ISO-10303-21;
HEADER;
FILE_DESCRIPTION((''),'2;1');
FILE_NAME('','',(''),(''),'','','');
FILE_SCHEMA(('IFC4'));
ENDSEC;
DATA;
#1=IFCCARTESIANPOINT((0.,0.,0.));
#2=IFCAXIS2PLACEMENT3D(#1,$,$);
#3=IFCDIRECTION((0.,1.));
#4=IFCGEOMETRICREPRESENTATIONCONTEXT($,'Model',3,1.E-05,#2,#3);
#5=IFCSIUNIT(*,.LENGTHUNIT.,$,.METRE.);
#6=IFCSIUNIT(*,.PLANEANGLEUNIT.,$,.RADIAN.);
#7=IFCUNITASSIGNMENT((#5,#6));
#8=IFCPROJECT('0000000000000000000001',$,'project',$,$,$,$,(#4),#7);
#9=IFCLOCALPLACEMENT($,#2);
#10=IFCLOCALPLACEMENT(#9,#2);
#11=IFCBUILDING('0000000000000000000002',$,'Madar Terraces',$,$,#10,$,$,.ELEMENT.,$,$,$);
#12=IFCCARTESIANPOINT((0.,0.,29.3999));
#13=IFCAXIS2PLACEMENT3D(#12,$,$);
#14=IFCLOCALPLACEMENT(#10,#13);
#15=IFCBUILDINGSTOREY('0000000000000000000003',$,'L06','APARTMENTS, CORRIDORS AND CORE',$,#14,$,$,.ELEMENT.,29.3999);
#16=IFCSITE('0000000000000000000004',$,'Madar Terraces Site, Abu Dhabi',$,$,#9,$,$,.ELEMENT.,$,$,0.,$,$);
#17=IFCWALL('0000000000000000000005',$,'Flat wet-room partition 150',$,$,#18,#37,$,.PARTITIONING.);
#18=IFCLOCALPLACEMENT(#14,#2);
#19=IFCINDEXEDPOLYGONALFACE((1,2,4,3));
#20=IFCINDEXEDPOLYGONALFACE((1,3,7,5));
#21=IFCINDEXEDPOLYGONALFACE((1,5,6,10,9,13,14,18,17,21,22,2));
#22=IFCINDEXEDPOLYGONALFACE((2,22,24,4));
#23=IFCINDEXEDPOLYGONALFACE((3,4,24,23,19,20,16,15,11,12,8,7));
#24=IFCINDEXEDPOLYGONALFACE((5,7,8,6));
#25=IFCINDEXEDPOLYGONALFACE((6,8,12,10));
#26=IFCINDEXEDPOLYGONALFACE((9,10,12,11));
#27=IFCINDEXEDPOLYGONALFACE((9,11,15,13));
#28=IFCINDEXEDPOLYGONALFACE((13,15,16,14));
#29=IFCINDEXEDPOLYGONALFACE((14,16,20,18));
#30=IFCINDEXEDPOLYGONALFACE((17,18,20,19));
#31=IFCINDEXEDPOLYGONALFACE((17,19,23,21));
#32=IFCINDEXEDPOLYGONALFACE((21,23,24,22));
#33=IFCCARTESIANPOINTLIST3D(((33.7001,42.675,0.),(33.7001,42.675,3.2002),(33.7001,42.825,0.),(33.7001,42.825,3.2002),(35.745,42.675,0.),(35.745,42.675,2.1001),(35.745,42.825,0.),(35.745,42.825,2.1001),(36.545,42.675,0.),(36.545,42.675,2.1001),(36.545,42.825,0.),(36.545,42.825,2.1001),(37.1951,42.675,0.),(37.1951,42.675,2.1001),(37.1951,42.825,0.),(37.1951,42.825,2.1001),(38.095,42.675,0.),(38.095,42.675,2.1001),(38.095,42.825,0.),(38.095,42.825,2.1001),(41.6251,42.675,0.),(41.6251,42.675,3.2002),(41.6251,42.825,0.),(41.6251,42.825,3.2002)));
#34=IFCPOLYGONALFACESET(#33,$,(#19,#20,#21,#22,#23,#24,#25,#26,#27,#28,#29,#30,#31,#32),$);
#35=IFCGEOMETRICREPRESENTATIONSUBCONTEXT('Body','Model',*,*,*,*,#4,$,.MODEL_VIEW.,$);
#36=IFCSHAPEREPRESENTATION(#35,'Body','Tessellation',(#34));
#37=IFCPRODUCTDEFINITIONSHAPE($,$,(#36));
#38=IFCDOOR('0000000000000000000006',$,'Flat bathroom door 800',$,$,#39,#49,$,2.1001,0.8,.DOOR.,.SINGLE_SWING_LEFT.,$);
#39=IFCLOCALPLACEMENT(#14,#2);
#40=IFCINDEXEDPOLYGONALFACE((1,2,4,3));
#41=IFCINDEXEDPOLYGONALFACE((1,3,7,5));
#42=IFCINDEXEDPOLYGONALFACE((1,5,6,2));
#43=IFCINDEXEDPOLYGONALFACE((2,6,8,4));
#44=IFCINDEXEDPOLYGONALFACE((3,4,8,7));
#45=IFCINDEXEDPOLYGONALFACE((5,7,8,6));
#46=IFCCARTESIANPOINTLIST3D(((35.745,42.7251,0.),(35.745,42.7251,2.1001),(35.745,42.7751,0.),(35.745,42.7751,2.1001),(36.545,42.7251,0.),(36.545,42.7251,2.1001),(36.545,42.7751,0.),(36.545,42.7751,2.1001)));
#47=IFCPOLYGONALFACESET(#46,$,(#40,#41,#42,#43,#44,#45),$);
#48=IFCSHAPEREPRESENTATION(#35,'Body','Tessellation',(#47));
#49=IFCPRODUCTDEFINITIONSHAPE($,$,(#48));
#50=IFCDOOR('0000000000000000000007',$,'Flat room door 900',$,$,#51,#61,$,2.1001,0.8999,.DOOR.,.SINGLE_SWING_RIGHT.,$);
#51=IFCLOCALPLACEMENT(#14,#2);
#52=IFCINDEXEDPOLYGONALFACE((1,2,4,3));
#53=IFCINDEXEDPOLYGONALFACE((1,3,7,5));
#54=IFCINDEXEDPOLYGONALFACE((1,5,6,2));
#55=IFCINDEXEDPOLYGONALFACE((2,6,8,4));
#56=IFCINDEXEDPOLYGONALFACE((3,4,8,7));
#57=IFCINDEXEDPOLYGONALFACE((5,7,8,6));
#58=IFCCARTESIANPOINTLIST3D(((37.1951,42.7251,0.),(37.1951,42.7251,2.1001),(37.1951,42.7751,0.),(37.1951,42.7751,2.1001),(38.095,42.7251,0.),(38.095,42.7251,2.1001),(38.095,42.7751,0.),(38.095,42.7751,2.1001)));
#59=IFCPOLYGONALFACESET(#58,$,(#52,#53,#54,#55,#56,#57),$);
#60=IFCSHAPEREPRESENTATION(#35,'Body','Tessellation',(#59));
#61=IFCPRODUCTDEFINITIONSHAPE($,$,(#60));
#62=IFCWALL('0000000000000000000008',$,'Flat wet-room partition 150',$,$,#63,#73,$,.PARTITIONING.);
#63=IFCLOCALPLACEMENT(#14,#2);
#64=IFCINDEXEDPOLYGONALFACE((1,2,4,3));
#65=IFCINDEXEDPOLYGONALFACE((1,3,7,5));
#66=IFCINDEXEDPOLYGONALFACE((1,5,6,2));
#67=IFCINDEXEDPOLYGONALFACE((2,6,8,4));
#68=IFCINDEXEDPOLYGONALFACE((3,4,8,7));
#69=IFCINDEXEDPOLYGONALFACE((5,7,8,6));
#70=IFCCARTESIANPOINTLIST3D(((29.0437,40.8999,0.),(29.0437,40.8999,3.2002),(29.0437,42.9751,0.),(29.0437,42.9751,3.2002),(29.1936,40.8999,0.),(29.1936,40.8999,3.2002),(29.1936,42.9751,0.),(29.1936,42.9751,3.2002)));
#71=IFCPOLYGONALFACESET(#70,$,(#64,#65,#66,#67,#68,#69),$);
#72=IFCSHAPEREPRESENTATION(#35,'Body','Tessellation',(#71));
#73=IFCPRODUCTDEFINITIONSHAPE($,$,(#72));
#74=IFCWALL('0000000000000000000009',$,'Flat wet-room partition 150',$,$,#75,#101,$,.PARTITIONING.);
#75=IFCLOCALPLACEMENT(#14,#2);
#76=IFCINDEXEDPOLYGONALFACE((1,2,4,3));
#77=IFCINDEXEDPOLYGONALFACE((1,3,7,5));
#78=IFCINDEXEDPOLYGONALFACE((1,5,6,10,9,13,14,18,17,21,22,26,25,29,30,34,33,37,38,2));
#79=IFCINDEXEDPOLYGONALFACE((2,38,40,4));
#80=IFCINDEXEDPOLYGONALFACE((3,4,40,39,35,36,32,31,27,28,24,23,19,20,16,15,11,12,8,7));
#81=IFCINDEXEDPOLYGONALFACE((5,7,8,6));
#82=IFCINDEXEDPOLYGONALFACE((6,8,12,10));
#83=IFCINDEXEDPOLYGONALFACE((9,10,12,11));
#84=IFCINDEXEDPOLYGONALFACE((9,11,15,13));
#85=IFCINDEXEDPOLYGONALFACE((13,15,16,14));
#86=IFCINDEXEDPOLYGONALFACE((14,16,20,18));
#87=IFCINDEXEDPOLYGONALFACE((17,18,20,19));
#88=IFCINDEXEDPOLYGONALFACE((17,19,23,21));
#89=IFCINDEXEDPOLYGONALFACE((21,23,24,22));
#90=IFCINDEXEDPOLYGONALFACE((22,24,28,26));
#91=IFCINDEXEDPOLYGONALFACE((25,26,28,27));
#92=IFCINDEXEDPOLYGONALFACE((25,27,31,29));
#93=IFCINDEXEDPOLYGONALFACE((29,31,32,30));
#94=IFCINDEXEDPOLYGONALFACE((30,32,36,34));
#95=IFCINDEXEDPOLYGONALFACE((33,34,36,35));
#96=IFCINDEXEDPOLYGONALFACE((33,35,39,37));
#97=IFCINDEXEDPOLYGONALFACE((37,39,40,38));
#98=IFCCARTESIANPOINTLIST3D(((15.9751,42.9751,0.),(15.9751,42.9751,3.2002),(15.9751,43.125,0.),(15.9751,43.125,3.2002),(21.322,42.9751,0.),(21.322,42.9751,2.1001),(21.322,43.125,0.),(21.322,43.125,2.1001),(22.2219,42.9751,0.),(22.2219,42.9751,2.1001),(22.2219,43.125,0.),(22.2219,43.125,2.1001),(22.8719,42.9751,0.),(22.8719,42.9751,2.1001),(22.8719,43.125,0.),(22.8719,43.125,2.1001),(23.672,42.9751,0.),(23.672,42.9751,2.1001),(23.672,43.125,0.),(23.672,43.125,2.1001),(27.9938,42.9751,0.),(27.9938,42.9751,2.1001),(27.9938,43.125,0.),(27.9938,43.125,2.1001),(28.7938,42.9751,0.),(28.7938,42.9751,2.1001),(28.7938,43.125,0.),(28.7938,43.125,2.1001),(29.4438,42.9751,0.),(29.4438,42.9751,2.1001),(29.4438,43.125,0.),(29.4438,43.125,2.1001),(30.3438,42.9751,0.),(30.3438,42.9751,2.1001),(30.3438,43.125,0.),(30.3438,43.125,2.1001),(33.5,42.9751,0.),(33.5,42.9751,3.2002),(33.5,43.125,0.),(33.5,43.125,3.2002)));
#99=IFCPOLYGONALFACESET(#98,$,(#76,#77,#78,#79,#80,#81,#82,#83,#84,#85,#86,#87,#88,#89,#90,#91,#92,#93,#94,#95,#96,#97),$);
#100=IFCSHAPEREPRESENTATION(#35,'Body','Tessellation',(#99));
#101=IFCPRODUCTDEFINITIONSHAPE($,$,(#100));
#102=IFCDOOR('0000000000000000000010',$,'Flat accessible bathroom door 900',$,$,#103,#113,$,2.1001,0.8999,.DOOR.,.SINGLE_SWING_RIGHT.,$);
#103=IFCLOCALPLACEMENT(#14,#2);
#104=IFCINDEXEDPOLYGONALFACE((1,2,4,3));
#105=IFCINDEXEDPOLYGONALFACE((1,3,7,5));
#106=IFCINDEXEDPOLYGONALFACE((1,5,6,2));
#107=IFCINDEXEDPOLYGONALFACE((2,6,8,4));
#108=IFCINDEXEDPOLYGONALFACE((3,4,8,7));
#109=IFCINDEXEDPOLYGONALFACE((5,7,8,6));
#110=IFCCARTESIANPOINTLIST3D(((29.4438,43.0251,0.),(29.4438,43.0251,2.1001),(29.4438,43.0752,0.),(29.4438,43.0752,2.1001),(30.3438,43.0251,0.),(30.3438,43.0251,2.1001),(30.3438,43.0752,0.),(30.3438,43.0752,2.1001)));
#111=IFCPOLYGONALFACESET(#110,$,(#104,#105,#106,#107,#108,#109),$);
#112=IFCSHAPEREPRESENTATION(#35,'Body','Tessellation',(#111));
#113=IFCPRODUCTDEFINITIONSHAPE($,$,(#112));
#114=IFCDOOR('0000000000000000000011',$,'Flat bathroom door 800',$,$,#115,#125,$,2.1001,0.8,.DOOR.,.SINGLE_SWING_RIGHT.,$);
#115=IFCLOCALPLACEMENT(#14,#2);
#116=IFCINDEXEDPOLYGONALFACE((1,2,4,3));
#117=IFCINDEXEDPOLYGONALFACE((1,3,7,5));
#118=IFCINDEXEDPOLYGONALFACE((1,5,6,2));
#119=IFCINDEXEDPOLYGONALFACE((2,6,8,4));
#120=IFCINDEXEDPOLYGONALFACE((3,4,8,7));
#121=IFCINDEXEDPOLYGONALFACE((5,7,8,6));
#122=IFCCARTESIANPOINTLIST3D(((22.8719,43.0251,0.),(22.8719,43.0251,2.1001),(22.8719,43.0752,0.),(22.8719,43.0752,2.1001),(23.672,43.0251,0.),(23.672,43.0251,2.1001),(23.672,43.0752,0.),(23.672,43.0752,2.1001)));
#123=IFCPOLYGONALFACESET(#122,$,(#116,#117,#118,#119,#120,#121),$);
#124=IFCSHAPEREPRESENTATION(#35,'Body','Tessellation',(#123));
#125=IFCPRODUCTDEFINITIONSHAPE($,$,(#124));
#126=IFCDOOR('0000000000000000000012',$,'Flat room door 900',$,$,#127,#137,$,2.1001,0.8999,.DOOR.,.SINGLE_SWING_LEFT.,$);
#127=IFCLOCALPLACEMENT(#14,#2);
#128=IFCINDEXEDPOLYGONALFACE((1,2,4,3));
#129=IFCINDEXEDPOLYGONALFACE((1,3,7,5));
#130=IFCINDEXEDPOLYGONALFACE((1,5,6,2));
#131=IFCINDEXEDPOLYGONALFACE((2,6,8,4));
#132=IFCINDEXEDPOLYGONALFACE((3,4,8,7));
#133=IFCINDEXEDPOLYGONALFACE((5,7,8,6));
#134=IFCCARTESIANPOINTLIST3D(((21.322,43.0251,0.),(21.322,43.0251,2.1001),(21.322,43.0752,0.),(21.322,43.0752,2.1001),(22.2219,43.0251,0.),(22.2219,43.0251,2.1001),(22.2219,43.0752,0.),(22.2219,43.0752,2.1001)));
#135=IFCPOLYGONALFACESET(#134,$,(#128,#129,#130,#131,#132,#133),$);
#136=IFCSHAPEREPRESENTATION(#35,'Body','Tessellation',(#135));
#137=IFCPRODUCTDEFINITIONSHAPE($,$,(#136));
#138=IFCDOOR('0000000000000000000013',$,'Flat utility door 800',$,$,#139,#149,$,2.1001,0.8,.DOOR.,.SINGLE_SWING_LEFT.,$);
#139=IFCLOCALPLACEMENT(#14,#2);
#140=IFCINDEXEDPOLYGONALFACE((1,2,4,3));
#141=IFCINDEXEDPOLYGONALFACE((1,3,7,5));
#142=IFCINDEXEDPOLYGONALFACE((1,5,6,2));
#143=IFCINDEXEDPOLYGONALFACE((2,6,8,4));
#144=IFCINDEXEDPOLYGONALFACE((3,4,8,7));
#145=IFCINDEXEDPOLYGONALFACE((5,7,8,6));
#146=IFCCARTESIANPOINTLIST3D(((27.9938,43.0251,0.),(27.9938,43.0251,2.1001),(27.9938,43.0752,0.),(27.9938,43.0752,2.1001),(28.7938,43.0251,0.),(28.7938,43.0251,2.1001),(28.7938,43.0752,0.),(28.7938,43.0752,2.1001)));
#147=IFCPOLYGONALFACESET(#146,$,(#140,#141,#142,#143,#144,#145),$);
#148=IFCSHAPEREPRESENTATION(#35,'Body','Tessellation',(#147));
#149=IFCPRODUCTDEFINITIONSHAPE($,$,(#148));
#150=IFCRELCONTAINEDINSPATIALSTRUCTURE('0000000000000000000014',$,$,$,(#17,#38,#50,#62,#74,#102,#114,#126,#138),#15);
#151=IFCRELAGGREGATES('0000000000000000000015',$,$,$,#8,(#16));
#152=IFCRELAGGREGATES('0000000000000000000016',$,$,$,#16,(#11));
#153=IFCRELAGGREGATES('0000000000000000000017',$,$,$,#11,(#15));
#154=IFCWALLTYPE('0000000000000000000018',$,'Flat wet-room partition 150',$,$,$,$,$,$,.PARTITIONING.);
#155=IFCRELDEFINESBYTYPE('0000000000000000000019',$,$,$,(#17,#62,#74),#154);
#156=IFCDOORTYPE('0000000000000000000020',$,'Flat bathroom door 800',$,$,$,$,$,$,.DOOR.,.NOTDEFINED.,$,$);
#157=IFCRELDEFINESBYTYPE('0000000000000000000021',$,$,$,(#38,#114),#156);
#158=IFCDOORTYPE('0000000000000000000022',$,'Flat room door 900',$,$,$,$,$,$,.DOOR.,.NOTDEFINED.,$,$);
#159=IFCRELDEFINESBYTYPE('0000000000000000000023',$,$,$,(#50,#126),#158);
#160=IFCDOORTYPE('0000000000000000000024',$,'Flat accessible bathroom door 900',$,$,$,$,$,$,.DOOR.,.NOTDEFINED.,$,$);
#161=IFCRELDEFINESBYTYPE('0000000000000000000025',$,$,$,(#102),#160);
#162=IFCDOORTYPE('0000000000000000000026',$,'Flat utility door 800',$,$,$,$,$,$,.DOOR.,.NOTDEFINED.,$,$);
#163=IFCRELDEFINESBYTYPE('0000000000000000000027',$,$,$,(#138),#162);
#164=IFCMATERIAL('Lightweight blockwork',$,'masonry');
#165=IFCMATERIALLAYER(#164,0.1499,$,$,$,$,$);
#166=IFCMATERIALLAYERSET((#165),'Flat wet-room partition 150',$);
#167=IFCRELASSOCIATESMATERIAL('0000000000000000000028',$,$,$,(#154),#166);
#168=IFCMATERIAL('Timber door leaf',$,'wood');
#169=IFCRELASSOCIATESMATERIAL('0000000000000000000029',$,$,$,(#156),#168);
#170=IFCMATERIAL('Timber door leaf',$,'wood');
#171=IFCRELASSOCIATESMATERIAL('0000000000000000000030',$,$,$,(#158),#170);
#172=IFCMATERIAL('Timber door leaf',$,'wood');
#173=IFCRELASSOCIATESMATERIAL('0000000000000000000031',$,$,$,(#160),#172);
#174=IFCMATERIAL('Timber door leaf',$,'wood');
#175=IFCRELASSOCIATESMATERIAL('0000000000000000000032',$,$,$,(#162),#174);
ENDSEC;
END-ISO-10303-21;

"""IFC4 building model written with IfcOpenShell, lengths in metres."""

from ifc_helpers import new_model, si_unit, direction, frame, frame_2d, origin, place, context, subcontext, project, spatial, rectangle, extrude, material, layer, layer_set, type_object, element, fill, save


model = new_model("IFC4")

# Units and contexts
model_context = context("Model", 3, precision=1e-05, world=origin(), true_north=direction((0.0, 1.0)))
body_context = subcontext(model_context, "Body", "Model", "MODEL_VIEW")
ifc_project = project(units=[si_unit("LENGTHUNIT", "METRE"), si_unit("PLANEANGLEUNIT", "RADIAN")], contexts=[model_context])

# Site, building, storey
site_placement = place(None, origin())
site = spatial("IfcSite", under=ifc_project, at=site_placement, Name="Madar Terraces Site, Abu Dhabi", CompositionType="ELEMENT", RefElevation=0.0)
building_placement = place(site_placement, origin())
building = spatial("IfcBuilding", under=site, at=building_placement, Name="Madar Terraces", CompositionType="ELEMENT")
storey_placement = place(building_placement, frame((0.0, 0.0, 29.3999)))
storey = spatial("IfcBuildingStorey", under=building, at=storey_placement, Name="L06", Description="APARTMENTS, CORRIDORS AND CORE", CompositionType="ELEMENT", Elevation=29.3999)

# Shared definitions
ifc_material_1 = material(Name="Lightweight blockwork", Category="masonry")
ifc_layer_1 = layer(ifc_material_1, 0.1499)
ifc_layer_set_1 = layer_set([ifc_layer_1], Name="Flat wet-room partition 150")
wall_type_1 = type_object("IfcWallType", Name="Flat wet-room partition 150", PredefinedType="PARTITIONING", material=ifc_layer_set_1)

# Wall, openings, doors
wall_1_placement = place(storey_placement, frame((41.625, 42.75, 0.0), z_axis=(0.0, 0.0, 1.0), x_axis=(-1.0, 0.0, 0.0)))
wall_1 = element("IfcWall", 1, at=wall_1_placement, inside=storey, type_object=wall_type_1, Name="Flat wet-room partition 150", PredefinedType="PARTITIONING", context=body_context, shape_type="SweptSolid", body=[
    extrude(rectangle(XDim=7.925, YDim=0.1499, at=frame_2d((3.9624, 0.0))), origin(), (0.0, 0.0, 1.0), 3.2002),
])
opening_1_placement = place(wall_1_placement, frame((3.53, 0.0, 0.0)))
opening_1 = element("IfcOpeningElement", 2, at=opening_1_placement, cuts=wall_1, PredefinedType="OPENING", context=body_context, shape_type="SweptSolid", body=[
    extrude(rectangle(XDim=0.8999, YDim=2.1001, at=frame_2d((0.45, 1.05))), frame((0.0, 0.085, 0.0), z_axis=(0.0, -1.0, 0.0), x_axis=(1.0, 0.0, 0.0)), (0.0, 0.0, 1.0), 0.1699),
])
opening_2_placement = place(wall_1_placement, frame((5.0801, 0.0, 0.0)))
opening_2 = element("IfcOpeningElement", 3, at=opening_2_placement, cuts=wall_1, PredefinedType="OPENING", context=body_context, shape_type="SweptSolid", body=[
    extrude(rectangle(XDim=0.8, YDim=2.1001, at=frame_2d((0.3999, 1.05))), frame((0.0, 0.085, 0.0), z_axis=(0.0, -1.0, 0.0), x_axis=(1.0, 0.0, 0.0)), (0.0, 0.0, 1.0), 0.1699),
])
ifc_material_2 = material(Name="Timber door leaf", Category="wood")
door_type_1 = type_object("IfcDoorType", Name="Flat bathroom door 800", OperationType="NOTDEFINED", PredefinedType="DOOR", material=ifc_material_2)
door_1_placement = place(opening_2_placement, origin())
door_1 = element("IfcDoor", 4, at=door_1_placement, inside=storey, type_object=door_type_1, Name="Flat bathroom door 800", OperationType="SINGLE_SWING_LEFT", OverallHeight=2.1001, OverallWidth=0.8, PredefinedType="DOOR", context=body_context, shape_type="SweptSolid", body=[
    extrude(rectangle(XDim=0.8, YDim=2.1001, at=frame_2d((0.3999, 1.05))), frame((0.0, 0.0249, 0.0), z_axis=(0.0, -1.0, 0.0), x_axis=(1.0, 0.0, 0.0)), (0.0, 0.0, 1.0), 0.05),
])
fill(opening_2, door_1)
ifc_material_3 = material(Name="Timber door leaf", Category="wood")
door_type_2 = type_object("IfcDoorType", Name="Flat room door 900", OperationType="NOTDEFINED", PredefinedType="DOOR", material=ifc_material_3)
door_2_placement = place(opening_1_placement, origin())
door_2 = element("IfcDoor", 5, at=door_2_placement, inside=storey, type_object=door_type_2, Name="Flat room door 900", OperationType="SINGLE_SWING_RIGHT", OverallHeight=2.1001, OverallWidth=0.8999, PredefinedType="DOOR", context=body_context, shape_type="SweptSolid", body=[
    extrude(rectangle(XDim=0.8999, YDim=2.1001, at=frame_2d((0.45, 1.05))), frame((0.0, 0.0249, 0.0), z_axis=(0.0, -1.0, 0.0), x_axis=(1.0, 0.0, 0.0)), (0.0, 0.0, 1.0), 0.05),
])
fill(opening_1, door_2)

# Wall
wall_2_placement = place(storey_placement, frame((29.1187, 40.8999, 0.0), z_axis=(0.0, 0.0, 1.0), x_axis=(0.0, 1.0, 0.0)))
element("IfcWall", 6, at=wall_2_placement, inside=storey, type_object=wall_type_1, Name="Flat wet-room partition 150", PredefinedType="PARTITIONING", context=body_context, shape_type="SweptSolid", body=[
    extrude(rectangle(XDim=2.0752, YDim=0.1499, at=frame_2d((1.0376, 0.0))), origin(), (0.0, 0.0, 1.0), 3.2002),
])

# Wall, openings, doors
wall_3_placement = place(storey_placement, frame((33.5, 43.05, 0.0), z_axis=(0.0, 0.0, 1.0), x_axis=(-1.0, 0.0, 0.0)))
wall_3 = element("IfcWall", 7, at=wall_3_placement, inside=storey, type_object=wall_type_1, Name="Flat wet-room partition 150", PredefinedType="PARTITIONING", context=body_context, shape_type="SweptSolid", body=[
    extrude(rectangle(XDim=17.5249, YDim=0.1499, at=frame_2d((8.7625, 0.0))), origin(), (0.0, 0.0, 1.0), 3.2002),
])
opening_3_placement = place(wall_3_placement, frame((11.2781, 0.0, 0.0)))
opening_3 = element("IfcOpeningElement", 8, at=opening_3_placement, cuts=wall_3, PredefinedType="OPENING", context=body_context, shape_type="SweptSolid", body=[
    extrude(rectangle(XDim=0.8999, YDim=2.1001, at=frame_2d((0.45, 1.05))), frame((0.0, 0.085, 0.0), z_axis=(0.0, -1.0, 0.0), x_axis=(1.0, 0.0, 0.0)), (0.0, 0.0, 1.0), 0.1699),
])
opening_4_placement = place(wall_3_placement, frame((9.8281, 0.0, 0.0)))
opening_4 = element("IfcOpeningElement", 9, at=opening_4_placement, cuts=wall_3, PredefinedType="OPENING", context=body_context, shape_type="SweptSolid", body=[
    extrude(rectangle(XDim=0.8, YDim=2.1001, at=frame_2d((0.3999, 1.05))), frame((0.0, 0.085, 0.0), z_axis=(0.0, -1.0, 0.0), x_axis=(1.0, 0.0, 0.0)), (0.0, 0.0, 1.0), 0.1699),
])
opening_5_placement = place(wall_3_placement, frame((4.7063, 0.0, 0.0)))
opening_5 = element("IfcOpeningElement", 10, at=opening_5_placement, cuts=wall_3, PredefinedType="OPENING", context=body_context, shape_type="SweptSolid", body=[
    extrude(rectangle(XDim=0.8, YDim=2.1001, at=frame_2d((0.3999, 1.05))), frame((0.0, 0.085, 0.0), z_axis=(0.0, -1.0, 0.0), x_axis=(1.0, 0.0, 0.0)), (0.0, 0.0, 1.0), 0.1699),
])
opening_6_placement = place(wall_3_placement, frame((3.1562, 0.0, 0.0)))
opening_6 = element("IfcOpeningElement", 11, at=opening_6_placement, cuts=wall_3, PredefinedType="OPENING", context=body_context, shape_type="SweptSolid", body=[
    extrude(rectangle(XDim=0.8999, YDim=2.1001, at=frame_2d((0.45, 1.05))), frame((0.0, 0.085, 0.0), z_axis=(0.0, -1.0, 0.0), x_axis=(1.0, 0.0, 0.0)), (0.0, 0.0, 1.0), 0.1699),
])
ifc_material_4 = material(Name="Timber door leaf", Category="wood")
door_type_3 = type_object("IfcDoorType", Name="Flat accessible bathroom door 900", OperationType="NOTDEFINED", PredefinedType="DOOR", material=ifc_material_4)
door_3_placement = place(opening_6_placement, origin())
door_3 = element("IfcDoor", 12, at=door_3_placement, inside=storey, type_object=door_type_3, Name="Flat accessible bathroom door 900", OperationType="SINGLE_SWING_RIGHT", OverallHeight=2.1001, OverallWidth=0.8999, PredefinedType="DOOR", context=body_context, shape_type="SweptSolid", body=[
    extrude(rectangle(XDim=0.8999, YDim=2.1001, at=frame_2d((0.45, 1.05))), frame((0.0, 0.0249, 0.0), z_axis=(0.0, -1.0, 0.0), x_axis=(1.0, 0.0, 0.0)), (0.0, 0.0, 1.0), 0.05),
])
fill(opening_6, door_3)
door_4_placement = place(opening_4_placement, origin())
door_4 = element("IfcDoor", 13, at=door_4_placement, inside=storey, type_object=door_type_1, Name="Flat bathroom door 800", OperationType="SINGLE_SWING_RIGHT", OverallHeight=2.1001, OverallWidth=0.8, PredefinedType="DOOR", context=body_context, shape_type="SweptSolid", body=[
    extrude(rectangle(XDim=0.8, YDim=2.1001, at=frame_2d((0.3999, 1.05))), frame((0.0, 0.0249, 0.0), z_axis=(0.0, -1.0, 0.0), x_axis=(1.0, 0.0, 0.0)), (0.0, 0.0, 1.0), 0.05),
])
fill(opening_4, door_4)
door_5_placement = place(opening_3_placement, origin())
door_5 = element("IfcDoor", 14, at=door_5_placement, inside=storey, type_object=door_type_2, Name="Flat room door 900", OperationType="SINGLE_SWING_LEFT", OverallHeight=2.1001, OverallWidth=0.8999, PredefinedType="DOOR", context=body_context, shape_type="SweptSolid", body=[
    extrude(rectangle(XDim=0.8999, YDim=2.1001, at=frame_2d((0.45, 1.05))), frame((0.0, 0.0249, 0.0), z_axis=(0.0, -1.0, 0.0), x_axis=(1.0, 0.0, 0.0)), (0.0, 0.0, 1.0), 0.05),
])
fill(opening_3, door_5)
ifc_material_5 = material(Name="Timber door leaf", Category="wood")
door_type_4 = type_object("IfcDoorType", Name="Flat utility door 800", OperationType="NOTDEFINED", PredefinedType="DOOR", material=ifc_material_5)
door_6_placement = place(opening_5_placement, origin())
door_6 = element("IfcDoor", 15, at=door_6_placement, inside=storey, type_object=door_type_4, Name="Flat utility door 800", OperationType="SINGLE_SWING_LEFT", OverallHeight=2.1001, OverallWidth=0.8, PredefinedType="DOOR", context=body_context, shape_type="SweptSolid", body=[
    extrude(rectangle(XDim=0.8, YDim=2.1001, at=frame_2d((0.3999, 1.05))), frame((0.0, 0.0249, 0.0), z_axis=(0.0, -1.0, 0.0), x_axis=(1.0, 0.0, 0.0)), (0.0, 0.0, 1.0), 0.05),
])
fill(opening_5, door_6)

save(model, "model.ifc")
